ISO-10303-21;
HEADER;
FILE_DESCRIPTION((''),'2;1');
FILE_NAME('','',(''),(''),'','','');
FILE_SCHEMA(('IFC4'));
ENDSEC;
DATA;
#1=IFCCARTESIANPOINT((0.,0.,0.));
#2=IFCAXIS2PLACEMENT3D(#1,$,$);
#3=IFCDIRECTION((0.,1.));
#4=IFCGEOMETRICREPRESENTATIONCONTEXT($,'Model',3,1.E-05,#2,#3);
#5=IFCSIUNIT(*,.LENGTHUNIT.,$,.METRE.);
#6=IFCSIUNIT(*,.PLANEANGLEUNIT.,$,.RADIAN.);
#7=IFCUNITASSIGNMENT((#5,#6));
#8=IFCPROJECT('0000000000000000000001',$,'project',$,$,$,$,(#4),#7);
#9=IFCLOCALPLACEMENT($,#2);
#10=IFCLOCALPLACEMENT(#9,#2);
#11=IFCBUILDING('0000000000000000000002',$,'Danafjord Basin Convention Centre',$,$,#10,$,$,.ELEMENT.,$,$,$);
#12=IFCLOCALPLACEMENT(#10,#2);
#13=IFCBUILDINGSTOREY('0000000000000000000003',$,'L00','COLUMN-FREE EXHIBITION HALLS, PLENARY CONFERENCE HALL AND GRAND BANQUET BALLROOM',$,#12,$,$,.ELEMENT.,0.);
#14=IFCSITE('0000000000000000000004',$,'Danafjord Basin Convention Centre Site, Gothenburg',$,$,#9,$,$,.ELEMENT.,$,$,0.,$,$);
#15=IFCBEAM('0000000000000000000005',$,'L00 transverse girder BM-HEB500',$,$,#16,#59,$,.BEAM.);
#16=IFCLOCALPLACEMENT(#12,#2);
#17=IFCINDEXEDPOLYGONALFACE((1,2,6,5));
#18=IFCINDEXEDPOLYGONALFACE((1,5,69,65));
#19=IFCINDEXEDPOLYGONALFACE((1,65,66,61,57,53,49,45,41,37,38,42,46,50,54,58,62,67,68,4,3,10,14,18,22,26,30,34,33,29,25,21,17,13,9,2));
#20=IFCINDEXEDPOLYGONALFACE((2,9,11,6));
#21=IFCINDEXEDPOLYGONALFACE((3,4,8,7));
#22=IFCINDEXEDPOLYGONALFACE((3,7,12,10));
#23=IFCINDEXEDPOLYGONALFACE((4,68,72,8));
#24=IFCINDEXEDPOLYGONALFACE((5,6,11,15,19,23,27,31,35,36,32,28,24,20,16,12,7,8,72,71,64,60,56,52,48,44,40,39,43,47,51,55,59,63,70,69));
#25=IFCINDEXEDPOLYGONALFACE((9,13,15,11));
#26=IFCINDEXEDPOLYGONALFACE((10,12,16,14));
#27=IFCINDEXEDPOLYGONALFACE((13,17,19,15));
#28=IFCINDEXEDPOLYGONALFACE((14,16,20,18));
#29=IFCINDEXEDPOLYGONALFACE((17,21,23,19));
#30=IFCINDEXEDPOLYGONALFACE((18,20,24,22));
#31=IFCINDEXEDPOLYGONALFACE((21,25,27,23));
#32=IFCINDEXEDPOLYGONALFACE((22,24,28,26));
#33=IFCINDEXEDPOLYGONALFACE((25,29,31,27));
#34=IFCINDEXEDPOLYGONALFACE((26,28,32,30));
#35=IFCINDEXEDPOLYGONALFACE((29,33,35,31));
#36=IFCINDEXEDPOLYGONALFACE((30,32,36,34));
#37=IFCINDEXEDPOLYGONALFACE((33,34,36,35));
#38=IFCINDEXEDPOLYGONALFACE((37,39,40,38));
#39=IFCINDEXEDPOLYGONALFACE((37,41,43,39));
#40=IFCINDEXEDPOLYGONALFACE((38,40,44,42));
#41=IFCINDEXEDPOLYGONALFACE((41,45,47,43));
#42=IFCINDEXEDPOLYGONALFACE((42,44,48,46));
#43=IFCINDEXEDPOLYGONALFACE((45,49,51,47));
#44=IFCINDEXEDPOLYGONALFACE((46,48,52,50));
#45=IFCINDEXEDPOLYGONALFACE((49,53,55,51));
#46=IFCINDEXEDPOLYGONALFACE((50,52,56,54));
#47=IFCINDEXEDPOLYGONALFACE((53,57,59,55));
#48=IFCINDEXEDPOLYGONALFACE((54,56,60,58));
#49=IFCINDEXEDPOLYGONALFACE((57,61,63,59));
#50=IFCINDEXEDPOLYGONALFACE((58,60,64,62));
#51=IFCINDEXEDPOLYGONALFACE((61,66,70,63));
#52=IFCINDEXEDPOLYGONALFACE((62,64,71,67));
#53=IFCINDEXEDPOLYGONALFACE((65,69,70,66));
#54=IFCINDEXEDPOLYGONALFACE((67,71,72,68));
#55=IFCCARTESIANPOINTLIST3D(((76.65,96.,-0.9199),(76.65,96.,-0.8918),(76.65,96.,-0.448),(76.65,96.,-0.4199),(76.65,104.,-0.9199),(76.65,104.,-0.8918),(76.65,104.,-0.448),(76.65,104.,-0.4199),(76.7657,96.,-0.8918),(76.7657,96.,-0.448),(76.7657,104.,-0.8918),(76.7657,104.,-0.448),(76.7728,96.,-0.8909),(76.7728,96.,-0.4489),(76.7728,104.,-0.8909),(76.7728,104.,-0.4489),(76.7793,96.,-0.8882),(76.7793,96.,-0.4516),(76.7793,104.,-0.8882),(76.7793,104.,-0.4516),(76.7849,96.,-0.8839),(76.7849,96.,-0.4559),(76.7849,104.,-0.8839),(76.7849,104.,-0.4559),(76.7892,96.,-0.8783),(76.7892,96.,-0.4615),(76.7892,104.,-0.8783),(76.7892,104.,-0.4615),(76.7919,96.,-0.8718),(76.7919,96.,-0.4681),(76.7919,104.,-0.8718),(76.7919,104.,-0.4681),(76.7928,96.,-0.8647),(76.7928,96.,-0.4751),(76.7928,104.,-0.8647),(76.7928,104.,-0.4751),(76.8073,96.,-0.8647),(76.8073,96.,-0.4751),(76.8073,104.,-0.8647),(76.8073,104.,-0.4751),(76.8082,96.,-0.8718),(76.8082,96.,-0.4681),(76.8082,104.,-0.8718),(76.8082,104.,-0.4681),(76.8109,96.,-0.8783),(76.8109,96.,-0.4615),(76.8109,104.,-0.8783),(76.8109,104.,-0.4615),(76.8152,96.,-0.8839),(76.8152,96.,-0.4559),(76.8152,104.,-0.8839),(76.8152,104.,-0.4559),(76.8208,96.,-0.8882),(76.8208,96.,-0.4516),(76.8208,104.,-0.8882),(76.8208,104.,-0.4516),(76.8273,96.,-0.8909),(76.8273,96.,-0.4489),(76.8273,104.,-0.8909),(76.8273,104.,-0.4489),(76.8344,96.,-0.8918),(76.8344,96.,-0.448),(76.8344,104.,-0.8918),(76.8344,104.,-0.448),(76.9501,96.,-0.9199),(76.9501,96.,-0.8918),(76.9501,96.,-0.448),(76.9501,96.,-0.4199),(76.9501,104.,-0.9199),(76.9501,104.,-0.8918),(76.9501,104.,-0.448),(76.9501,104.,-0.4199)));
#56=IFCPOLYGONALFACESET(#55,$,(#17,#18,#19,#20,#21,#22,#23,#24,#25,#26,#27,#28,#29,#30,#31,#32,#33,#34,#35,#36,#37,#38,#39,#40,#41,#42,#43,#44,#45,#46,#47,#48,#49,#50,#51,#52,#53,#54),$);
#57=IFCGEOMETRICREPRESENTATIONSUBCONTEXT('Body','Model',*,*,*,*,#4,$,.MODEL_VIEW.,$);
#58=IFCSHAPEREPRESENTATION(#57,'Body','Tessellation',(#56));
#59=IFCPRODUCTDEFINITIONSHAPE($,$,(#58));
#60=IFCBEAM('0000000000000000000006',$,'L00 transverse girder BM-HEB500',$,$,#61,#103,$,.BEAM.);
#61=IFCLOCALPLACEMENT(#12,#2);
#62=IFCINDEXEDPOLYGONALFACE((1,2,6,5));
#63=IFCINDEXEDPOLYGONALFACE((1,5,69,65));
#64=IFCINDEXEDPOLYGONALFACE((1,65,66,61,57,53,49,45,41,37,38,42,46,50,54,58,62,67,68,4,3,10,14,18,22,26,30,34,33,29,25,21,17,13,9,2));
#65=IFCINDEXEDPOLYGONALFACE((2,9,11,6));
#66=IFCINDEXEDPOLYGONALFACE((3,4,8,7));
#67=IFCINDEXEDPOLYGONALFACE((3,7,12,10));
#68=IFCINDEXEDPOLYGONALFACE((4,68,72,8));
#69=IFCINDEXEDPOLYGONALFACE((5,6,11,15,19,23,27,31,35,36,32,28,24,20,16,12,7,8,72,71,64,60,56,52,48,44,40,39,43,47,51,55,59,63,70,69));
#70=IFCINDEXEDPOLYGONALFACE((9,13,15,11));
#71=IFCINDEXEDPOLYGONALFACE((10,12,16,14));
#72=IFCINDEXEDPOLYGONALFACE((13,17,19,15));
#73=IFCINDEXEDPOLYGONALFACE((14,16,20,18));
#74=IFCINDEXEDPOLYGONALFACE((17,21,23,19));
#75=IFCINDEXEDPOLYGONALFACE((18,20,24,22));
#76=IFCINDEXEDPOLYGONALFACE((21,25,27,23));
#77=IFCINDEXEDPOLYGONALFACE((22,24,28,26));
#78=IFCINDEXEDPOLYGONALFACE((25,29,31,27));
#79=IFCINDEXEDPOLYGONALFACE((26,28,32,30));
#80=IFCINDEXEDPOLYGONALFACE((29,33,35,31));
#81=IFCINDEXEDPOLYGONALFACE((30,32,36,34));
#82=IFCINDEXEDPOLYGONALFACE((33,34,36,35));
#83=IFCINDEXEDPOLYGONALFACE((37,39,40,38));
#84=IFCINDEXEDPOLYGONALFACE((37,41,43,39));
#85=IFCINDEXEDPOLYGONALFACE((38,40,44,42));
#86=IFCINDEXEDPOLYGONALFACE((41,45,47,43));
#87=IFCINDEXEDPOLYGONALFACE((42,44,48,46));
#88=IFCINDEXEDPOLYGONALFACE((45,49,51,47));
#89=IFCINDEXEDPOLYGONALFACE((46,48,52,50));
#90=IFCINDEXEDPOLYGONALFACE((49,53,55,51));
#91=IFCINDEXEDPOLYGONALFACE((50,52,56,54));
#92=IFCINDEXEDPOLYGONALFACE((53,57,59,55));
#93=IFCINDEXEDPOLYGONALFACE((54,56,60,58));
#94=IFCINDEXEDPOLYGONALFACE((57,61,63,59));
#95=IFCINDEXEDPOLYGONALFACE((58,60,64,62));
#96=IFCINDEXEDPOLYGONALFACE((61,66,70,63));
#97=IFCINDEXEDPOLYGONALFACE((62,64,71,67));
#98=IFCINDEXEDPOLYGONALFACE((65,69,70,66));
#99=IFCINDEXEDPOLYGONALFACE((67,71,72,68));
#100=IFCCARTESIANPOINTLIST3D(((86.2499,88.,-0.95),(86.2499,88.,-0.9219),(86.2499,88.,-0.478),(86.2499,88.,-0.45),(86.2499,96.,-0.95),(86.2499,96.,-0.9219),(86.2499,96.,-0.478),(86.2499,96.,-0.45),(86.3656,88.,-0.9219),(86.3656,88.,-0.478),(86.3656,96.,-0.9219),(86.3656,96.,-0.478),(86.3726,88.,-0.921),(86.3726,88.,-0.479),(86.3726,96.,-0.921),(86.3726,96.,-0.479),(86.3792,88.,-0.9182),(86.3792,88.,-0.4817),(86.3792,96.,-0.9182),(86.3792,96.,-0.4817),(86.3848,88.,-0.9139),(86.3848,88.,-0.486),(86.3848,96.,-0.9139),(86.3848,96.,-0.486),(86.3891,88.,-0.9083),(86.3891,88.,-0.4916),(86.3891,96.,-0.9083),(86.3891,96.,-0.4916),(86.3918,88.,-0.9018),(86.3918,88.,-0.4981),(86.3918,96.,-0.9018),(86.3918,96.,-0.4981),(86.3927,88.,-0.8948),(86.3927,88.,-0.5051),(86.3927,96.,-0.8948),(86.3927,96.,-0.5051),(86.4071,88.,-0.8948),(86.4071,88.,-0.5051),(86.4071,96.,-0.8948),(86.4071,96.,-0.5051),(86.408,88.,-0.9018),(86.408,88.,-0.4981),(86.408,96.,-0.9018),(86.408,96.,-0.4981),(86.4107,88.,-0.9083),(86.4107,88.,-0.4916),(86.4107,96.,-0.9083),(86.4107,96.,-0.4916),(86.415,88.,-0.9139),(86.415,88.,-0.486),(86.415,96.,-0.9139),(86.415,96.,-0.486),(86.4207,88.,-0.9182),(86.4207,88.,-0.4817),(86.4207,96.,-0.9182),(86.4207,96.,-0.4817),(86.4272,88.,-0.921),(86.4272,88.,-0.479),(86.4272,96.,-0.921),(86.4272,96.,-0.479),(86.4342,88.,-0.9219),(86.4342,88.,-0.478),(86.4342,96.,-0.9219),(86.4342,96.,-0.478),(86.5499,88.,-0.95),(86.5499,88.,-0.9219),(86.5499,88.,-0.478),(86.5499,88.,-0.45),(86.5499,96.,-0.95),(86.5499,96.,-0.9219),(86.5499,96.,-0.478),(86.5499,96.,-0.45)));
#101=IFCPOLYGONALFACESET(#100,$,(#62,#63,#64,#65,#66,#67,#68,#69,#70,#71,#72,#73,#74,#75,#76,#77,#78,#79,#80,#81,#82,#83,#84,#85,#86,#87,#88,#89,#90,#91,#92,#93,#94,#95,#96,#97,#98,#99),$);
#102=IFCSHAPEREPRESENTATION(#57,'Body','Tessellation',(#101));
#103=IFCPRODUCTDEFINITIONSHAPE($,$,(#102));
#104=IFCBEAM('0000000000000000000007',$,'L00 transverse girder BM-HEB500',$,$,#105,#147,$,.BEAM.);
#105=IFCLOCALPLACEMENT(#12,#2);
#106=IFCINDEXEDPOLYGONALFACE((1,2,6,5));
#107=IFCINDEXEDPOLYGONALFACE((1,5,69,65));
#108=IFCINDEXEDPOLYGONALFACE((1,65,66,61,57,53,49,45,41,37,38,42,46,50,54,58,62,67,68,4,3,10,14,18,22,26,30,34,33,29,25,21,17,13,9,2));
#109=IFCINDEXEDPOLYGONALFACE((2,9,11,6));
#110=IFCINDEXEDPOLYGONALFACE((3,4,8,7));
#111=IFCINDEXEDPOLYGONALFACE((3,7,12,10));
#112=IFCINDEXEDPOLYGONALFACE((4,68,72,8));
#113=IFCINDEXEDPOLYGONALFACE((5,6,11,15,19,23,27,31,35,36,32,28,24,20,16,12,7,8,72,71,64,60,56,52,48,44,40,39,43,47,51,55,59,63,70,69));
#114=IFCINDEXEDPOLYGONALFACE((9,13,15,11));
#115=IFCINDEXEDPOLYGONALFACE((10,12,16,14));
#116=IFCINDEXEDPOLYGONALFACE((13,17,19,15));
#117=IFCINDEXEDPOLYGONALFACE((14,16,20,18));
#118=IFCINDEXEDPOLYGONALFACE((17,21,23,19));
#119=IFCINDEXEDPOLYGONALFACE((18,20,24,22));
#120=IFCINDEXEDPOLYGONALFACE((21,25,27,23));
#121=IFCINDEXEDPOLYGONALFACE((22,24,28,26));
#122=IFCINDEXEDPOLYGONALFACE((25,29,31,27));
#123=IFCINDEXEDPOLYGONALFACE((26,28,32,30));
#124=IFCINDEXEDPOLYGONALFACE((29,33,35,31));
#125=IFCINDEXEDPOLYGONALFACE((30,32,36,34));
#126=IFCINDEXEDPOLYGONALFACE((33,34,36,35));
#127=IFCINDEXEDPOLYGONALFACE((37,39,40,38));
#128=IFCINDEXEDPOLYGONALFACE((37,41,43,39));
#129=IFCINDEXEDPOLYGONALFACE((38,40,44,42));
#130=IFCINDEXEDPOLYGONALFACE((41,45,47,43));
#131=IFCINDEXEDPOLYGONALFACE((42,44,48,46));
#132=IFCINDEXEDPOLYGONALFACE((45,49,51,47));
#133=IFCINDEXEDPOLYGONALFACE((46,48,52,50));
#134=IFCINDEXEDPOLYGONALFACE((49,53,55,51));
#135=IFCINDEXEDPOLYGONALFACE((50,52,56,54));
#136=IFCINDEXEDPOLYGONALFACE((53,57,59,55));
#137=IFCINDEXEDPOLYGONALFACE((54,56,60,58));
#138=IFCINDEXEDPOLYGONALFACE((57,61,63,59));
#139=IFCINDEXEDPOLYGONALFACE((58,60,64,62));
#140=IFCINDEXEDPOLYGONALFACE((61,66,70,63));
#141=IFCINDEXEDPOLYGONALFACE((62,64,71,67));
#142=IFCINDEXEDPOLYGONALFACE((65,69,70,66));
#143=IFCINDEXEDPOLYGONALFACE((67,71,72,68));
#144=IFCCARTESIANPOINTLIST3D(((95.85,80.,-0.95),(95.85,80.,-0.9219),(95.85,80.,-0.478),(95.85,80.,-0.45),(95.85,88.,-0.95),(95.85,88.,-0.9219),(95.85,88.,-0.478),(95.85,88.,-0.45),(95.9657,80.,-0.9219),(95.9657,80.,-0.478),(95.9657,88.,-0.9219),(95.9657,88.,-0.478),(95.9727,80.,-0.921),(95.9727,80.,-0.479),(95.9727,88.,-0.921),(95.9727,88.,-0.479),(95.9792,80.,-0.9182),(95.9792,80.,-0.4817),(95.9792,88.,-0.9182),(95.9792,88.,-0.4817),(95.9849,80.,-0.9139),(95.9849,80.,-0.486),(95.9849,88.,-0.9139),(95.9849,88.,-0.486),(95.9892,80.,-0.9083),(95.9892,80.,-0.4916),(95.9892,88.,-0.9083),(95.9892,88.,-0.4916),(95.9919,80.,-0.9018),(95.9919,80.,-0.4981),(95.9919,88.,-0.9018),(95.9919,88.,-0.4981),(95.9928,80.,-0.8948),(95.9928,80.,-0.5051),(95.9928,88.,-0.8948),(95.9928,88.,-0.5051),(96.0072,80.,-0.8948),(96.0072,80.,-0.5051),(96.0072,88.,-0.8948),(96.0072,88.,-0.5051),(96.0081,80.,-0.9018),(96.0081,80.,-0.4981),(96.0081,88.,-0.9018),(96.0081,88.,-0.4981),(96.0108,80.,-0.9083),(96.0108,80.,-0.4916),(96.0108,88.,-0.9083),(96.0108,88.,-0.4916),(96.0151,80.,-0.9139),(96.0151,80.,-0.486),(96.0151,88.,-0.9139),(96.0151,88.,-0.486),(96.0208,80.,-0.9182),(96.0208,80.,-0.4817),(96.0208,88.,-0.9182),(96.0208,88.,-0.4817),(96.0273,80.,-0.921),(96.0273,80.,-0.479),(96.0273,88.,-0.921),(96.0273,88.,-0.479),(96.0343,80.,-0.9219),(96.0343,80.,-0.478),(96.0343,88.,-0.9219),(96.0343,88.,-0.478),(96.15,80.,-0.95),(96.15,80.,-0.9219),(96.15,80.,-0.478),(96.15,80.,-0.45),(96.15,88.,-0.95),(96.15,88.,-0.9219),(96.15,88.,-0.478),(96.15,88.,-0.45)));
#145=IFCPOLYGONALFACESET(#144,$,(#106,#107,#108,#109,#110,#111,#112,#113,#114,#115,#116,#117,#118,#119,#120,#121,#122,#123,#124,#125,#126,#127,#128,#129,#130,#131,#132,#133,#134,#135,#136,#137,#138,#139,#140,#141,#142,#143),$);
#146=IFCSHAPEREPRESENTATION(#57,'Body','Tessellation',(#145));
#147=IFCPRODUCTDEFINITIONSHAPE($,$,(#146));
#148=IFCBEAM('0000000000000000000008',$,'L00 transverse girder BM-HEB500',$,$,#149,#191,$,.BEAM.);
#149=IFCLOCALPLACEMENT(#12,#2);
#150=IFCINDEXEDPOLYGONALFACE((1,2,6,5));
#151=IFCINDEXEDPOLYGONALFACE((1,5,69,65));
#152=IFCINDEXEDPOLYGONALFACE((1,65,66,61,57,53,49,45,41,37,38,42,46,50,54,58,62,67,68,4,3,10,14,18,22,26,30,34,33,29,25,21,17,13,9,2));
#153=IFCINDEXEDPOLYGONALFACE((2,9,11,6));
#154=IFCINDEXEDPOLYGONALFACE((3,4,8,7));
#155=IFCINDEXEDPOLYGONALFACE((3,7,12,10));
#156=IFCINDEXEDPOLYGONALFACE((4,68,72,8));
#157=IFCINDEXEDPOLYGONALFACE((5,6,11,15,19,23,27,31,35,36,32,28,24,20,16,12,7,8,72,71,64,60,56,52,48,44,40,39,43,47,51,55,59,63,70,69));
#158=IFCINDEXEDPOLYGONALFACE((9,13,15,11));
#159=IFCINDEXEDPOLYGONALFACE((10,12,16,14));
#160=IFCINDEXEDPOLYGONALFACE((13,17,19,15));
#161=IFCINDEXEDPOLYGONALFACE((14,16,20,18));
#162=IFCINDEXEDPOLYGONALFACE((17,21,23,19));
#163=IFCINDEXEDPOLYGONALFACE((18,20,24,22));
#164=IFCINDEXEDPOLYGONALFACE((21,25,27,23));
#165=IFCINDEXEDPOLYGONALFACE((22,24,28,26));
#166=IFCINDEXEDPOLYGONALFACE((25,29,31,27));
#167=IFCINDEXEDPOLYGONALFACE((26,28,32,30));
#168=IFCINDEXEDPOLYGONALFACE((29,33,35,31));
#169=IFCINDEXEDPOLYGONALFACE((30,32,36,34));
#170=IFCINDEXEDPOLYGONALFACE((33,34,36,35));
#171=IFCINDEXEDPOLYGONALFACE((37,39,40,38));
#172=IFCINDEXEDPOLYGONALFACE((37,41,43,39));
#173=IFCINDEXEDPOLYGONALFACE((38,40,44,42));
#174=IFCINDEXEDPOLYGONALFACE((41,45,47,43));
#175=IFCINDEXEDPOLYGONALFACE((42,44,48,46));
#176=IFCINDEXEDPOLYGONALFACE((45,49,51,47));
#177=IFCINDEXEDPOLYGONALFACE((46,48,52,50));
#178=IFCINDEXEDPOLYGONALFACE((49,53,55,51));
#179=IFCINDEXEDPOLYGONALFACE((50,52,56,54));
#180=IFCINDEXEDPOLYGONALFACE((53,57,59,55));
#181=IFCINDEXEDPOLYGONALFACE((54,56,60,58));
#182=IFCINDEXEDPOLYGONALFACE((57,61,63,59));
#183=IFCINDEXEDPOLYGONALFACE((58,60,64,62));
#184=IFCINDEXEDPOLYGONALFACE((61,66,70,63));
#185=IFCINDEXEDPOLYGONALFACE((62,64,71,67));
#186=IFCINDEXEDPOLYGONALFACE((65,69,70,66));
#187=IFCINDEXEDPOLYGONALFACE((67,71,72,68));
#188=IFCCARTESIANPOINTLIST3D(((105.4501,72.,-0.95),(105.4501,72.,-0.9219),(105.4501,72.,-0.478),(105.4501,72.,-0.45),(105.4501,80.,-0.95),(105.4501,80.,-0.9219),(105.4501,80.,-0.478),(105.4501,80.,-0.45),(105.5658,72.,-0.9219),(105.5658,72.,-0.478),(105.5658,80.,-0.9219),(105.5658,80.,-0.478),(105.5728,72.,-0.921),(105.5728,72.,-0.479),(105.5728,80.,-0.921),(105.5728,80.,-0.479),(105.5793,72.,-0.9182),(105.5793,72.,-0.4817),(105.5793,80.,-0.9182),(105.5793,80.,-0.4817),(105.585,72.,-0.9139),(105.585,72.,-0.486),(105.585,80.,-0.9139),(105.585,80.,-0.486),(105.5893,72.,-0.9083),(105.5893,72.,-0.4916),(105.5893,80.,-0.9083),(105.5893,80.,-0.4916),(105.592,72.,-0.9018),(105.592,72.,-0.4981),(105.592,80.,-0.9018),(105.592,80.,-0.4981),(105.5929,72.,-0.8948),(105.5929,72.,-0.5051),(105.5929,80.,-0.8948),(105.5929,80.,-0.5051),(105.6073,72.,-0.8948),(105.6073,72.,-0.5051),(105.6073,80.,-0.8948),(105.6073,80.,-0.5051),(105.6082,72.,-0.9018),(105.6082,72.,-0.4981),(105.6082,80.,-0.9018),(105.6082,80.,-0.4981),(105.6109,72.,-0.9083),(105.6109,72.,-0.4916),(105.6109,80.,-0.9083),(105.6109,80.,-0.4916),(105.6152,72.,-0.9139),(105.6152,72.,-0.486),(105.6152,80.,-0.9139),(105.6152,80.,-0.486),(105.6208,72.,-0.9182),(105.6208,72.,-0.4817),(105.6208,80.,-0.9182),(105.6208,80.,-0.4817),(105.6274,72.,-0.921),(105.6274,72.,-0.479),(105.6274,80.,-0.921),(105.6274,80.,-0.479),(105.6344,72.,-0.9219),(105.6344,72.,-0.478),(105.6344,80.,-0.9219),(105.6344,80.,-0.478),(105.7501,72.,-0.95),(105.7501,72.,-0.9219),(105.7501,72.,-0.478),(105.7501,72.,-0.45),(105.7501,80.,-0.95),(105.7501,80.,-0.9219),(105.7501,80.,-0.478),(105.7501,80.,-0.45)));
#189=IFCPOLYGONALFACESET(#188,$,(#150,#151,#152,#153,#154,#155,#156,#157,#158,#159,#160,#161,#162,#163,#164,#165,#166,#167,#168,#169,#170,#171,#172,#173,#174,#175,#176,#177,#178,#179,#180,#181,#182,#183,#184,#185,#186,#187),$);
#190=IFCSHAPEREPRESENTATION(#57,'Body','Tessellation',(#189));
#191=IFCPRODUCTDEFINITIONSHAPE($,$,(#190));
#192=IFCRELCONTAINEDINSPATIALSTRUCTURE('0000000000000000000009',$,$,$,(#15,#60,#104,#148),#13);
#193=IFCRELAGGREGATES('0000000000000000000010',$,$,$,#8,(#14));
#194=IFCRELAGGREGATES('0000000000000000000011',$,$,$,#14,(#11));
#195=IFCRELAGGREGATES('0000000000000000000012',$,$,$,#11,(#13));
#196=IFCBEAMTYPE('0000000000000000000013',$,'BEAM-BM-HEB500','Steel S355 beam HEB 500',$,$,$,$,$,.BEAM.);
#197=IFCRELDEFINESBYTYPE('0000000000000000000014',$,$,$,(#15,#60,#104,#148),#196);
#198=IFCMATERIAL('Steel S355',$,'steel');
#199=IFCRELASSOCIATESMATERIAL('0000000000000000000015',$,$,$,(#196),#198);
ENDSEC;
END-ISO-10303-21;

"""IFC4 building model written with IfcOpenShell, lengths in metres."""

from ifc_helpers import new_model, si_unit, direction, frame, origin, origin_2d, place, context, subcontext, project, spatial, i_section, extrude, material, material_profile, profile_set, type_object, element, save


model = new_model("IFC4")

# Units and contexts
model_context = context("Model", 3, precision=1e-05, world=origin(), true_north=direction((0.0, 1.0)))
body_context = subcontext(model_context, "Body", "Model", "MODEL_VIEW")
ifc_project = project(units=[si_unit("LENGTHUNIT", "METRE"), si_unit("PLANEANGLEUNIT", "RADIAN")], contexts=[model_context])

# Site, building, storey
site_placement = place(None, origin())
site = spatial("IfcSite", under=ifc_project, at=site_placement, Name="Danafjord Basin Convention Centre Site, Gothenburg", CompositionType="ELEMENT", RefElevation=0.0)
building_placement = place(site_placement, origin())
building = spatial("IfcBuilding", under=site, at=building_placement, Name="Danafjord Basin Convention Centre", CompositionType="ELEMENT")
storey_placement = place(building_placement, origin())
storey = spatial("IfcBuildingStorey", under=building, at=storey_placement, Name="L00", Description="COLUMN-FREE EXHIBITION HALLS, PLENARY CONFERENCE HALL AND GRAND BANQUET BALLROOM", CompositionType="ELEMENT", Elevation=0.0)

# Beams
ifc_material = material(Name="Steel S355", Category="steel")
ifc_material_profile_1 = material_profile(ifc_material, i_section(OverallWidth=0.3, OverallDepth=0.5, WebThickness=0.0144, FlangeThickness=0.0281, FilletRadius=0.0271, at=origin_2d()), Name="HEB 500")
ifc_profile_set_1 = profile_set([ifc_material_profile_1], Name="Steel S355")
beam_type_1 = type_object("IfcBeamType", Name="BEAM-BM-HEB500", Description="Steel S355 beam HEB 500", PredefinedType="BEAM", material=ifc_profile_set_1)
for number, where, z_axis, x_axis, name in (
    (1, (76.8, 96.0, -0.6699), (0.0, 1.0, 0.0), (-1.0, 0.0, 0.0), "L00 transverse girder BM-HEB500"),
    (2, (86.3999, 88.0, -0.7), (0.0, 1.0, 0.0), (-1.0, 0.0, 0.0), "L00 transverse girder BM-HEB500"),
    (3, (96.0, 80.0, -0.7), (0.0, 1.0, 0.0), (-1.0, 0.0, 0.0), "L00 transverse girder BM-HEB500"),
    (4, (105.6001, 72.0, -0.7), (0.0, 1.0, 0.0), (-1.0, 0.0, 0.0), "L00 transverse girder BM-HEB500"),
):
    element("IfcBeam", number, at=place(storey_placement, frame(where, z_axis=z_axis, x_axis=x_axis)), inside=storey, type_object=beam_type_1, Name=name, PredefinedType="BEAM", context=body_context, shape_type="SweptSolid", body=[
        extrude(i_section(OverallWidth=0.3, OverallDepth=0.5, WebThickness=0.0144, FlangeThickness=0.0281, FilletRadius=0.0271, at=origin_2d()), origin(), (0.0, 0.0, 1.0), 8.0),
    ])

save(model, "model.ifc")
